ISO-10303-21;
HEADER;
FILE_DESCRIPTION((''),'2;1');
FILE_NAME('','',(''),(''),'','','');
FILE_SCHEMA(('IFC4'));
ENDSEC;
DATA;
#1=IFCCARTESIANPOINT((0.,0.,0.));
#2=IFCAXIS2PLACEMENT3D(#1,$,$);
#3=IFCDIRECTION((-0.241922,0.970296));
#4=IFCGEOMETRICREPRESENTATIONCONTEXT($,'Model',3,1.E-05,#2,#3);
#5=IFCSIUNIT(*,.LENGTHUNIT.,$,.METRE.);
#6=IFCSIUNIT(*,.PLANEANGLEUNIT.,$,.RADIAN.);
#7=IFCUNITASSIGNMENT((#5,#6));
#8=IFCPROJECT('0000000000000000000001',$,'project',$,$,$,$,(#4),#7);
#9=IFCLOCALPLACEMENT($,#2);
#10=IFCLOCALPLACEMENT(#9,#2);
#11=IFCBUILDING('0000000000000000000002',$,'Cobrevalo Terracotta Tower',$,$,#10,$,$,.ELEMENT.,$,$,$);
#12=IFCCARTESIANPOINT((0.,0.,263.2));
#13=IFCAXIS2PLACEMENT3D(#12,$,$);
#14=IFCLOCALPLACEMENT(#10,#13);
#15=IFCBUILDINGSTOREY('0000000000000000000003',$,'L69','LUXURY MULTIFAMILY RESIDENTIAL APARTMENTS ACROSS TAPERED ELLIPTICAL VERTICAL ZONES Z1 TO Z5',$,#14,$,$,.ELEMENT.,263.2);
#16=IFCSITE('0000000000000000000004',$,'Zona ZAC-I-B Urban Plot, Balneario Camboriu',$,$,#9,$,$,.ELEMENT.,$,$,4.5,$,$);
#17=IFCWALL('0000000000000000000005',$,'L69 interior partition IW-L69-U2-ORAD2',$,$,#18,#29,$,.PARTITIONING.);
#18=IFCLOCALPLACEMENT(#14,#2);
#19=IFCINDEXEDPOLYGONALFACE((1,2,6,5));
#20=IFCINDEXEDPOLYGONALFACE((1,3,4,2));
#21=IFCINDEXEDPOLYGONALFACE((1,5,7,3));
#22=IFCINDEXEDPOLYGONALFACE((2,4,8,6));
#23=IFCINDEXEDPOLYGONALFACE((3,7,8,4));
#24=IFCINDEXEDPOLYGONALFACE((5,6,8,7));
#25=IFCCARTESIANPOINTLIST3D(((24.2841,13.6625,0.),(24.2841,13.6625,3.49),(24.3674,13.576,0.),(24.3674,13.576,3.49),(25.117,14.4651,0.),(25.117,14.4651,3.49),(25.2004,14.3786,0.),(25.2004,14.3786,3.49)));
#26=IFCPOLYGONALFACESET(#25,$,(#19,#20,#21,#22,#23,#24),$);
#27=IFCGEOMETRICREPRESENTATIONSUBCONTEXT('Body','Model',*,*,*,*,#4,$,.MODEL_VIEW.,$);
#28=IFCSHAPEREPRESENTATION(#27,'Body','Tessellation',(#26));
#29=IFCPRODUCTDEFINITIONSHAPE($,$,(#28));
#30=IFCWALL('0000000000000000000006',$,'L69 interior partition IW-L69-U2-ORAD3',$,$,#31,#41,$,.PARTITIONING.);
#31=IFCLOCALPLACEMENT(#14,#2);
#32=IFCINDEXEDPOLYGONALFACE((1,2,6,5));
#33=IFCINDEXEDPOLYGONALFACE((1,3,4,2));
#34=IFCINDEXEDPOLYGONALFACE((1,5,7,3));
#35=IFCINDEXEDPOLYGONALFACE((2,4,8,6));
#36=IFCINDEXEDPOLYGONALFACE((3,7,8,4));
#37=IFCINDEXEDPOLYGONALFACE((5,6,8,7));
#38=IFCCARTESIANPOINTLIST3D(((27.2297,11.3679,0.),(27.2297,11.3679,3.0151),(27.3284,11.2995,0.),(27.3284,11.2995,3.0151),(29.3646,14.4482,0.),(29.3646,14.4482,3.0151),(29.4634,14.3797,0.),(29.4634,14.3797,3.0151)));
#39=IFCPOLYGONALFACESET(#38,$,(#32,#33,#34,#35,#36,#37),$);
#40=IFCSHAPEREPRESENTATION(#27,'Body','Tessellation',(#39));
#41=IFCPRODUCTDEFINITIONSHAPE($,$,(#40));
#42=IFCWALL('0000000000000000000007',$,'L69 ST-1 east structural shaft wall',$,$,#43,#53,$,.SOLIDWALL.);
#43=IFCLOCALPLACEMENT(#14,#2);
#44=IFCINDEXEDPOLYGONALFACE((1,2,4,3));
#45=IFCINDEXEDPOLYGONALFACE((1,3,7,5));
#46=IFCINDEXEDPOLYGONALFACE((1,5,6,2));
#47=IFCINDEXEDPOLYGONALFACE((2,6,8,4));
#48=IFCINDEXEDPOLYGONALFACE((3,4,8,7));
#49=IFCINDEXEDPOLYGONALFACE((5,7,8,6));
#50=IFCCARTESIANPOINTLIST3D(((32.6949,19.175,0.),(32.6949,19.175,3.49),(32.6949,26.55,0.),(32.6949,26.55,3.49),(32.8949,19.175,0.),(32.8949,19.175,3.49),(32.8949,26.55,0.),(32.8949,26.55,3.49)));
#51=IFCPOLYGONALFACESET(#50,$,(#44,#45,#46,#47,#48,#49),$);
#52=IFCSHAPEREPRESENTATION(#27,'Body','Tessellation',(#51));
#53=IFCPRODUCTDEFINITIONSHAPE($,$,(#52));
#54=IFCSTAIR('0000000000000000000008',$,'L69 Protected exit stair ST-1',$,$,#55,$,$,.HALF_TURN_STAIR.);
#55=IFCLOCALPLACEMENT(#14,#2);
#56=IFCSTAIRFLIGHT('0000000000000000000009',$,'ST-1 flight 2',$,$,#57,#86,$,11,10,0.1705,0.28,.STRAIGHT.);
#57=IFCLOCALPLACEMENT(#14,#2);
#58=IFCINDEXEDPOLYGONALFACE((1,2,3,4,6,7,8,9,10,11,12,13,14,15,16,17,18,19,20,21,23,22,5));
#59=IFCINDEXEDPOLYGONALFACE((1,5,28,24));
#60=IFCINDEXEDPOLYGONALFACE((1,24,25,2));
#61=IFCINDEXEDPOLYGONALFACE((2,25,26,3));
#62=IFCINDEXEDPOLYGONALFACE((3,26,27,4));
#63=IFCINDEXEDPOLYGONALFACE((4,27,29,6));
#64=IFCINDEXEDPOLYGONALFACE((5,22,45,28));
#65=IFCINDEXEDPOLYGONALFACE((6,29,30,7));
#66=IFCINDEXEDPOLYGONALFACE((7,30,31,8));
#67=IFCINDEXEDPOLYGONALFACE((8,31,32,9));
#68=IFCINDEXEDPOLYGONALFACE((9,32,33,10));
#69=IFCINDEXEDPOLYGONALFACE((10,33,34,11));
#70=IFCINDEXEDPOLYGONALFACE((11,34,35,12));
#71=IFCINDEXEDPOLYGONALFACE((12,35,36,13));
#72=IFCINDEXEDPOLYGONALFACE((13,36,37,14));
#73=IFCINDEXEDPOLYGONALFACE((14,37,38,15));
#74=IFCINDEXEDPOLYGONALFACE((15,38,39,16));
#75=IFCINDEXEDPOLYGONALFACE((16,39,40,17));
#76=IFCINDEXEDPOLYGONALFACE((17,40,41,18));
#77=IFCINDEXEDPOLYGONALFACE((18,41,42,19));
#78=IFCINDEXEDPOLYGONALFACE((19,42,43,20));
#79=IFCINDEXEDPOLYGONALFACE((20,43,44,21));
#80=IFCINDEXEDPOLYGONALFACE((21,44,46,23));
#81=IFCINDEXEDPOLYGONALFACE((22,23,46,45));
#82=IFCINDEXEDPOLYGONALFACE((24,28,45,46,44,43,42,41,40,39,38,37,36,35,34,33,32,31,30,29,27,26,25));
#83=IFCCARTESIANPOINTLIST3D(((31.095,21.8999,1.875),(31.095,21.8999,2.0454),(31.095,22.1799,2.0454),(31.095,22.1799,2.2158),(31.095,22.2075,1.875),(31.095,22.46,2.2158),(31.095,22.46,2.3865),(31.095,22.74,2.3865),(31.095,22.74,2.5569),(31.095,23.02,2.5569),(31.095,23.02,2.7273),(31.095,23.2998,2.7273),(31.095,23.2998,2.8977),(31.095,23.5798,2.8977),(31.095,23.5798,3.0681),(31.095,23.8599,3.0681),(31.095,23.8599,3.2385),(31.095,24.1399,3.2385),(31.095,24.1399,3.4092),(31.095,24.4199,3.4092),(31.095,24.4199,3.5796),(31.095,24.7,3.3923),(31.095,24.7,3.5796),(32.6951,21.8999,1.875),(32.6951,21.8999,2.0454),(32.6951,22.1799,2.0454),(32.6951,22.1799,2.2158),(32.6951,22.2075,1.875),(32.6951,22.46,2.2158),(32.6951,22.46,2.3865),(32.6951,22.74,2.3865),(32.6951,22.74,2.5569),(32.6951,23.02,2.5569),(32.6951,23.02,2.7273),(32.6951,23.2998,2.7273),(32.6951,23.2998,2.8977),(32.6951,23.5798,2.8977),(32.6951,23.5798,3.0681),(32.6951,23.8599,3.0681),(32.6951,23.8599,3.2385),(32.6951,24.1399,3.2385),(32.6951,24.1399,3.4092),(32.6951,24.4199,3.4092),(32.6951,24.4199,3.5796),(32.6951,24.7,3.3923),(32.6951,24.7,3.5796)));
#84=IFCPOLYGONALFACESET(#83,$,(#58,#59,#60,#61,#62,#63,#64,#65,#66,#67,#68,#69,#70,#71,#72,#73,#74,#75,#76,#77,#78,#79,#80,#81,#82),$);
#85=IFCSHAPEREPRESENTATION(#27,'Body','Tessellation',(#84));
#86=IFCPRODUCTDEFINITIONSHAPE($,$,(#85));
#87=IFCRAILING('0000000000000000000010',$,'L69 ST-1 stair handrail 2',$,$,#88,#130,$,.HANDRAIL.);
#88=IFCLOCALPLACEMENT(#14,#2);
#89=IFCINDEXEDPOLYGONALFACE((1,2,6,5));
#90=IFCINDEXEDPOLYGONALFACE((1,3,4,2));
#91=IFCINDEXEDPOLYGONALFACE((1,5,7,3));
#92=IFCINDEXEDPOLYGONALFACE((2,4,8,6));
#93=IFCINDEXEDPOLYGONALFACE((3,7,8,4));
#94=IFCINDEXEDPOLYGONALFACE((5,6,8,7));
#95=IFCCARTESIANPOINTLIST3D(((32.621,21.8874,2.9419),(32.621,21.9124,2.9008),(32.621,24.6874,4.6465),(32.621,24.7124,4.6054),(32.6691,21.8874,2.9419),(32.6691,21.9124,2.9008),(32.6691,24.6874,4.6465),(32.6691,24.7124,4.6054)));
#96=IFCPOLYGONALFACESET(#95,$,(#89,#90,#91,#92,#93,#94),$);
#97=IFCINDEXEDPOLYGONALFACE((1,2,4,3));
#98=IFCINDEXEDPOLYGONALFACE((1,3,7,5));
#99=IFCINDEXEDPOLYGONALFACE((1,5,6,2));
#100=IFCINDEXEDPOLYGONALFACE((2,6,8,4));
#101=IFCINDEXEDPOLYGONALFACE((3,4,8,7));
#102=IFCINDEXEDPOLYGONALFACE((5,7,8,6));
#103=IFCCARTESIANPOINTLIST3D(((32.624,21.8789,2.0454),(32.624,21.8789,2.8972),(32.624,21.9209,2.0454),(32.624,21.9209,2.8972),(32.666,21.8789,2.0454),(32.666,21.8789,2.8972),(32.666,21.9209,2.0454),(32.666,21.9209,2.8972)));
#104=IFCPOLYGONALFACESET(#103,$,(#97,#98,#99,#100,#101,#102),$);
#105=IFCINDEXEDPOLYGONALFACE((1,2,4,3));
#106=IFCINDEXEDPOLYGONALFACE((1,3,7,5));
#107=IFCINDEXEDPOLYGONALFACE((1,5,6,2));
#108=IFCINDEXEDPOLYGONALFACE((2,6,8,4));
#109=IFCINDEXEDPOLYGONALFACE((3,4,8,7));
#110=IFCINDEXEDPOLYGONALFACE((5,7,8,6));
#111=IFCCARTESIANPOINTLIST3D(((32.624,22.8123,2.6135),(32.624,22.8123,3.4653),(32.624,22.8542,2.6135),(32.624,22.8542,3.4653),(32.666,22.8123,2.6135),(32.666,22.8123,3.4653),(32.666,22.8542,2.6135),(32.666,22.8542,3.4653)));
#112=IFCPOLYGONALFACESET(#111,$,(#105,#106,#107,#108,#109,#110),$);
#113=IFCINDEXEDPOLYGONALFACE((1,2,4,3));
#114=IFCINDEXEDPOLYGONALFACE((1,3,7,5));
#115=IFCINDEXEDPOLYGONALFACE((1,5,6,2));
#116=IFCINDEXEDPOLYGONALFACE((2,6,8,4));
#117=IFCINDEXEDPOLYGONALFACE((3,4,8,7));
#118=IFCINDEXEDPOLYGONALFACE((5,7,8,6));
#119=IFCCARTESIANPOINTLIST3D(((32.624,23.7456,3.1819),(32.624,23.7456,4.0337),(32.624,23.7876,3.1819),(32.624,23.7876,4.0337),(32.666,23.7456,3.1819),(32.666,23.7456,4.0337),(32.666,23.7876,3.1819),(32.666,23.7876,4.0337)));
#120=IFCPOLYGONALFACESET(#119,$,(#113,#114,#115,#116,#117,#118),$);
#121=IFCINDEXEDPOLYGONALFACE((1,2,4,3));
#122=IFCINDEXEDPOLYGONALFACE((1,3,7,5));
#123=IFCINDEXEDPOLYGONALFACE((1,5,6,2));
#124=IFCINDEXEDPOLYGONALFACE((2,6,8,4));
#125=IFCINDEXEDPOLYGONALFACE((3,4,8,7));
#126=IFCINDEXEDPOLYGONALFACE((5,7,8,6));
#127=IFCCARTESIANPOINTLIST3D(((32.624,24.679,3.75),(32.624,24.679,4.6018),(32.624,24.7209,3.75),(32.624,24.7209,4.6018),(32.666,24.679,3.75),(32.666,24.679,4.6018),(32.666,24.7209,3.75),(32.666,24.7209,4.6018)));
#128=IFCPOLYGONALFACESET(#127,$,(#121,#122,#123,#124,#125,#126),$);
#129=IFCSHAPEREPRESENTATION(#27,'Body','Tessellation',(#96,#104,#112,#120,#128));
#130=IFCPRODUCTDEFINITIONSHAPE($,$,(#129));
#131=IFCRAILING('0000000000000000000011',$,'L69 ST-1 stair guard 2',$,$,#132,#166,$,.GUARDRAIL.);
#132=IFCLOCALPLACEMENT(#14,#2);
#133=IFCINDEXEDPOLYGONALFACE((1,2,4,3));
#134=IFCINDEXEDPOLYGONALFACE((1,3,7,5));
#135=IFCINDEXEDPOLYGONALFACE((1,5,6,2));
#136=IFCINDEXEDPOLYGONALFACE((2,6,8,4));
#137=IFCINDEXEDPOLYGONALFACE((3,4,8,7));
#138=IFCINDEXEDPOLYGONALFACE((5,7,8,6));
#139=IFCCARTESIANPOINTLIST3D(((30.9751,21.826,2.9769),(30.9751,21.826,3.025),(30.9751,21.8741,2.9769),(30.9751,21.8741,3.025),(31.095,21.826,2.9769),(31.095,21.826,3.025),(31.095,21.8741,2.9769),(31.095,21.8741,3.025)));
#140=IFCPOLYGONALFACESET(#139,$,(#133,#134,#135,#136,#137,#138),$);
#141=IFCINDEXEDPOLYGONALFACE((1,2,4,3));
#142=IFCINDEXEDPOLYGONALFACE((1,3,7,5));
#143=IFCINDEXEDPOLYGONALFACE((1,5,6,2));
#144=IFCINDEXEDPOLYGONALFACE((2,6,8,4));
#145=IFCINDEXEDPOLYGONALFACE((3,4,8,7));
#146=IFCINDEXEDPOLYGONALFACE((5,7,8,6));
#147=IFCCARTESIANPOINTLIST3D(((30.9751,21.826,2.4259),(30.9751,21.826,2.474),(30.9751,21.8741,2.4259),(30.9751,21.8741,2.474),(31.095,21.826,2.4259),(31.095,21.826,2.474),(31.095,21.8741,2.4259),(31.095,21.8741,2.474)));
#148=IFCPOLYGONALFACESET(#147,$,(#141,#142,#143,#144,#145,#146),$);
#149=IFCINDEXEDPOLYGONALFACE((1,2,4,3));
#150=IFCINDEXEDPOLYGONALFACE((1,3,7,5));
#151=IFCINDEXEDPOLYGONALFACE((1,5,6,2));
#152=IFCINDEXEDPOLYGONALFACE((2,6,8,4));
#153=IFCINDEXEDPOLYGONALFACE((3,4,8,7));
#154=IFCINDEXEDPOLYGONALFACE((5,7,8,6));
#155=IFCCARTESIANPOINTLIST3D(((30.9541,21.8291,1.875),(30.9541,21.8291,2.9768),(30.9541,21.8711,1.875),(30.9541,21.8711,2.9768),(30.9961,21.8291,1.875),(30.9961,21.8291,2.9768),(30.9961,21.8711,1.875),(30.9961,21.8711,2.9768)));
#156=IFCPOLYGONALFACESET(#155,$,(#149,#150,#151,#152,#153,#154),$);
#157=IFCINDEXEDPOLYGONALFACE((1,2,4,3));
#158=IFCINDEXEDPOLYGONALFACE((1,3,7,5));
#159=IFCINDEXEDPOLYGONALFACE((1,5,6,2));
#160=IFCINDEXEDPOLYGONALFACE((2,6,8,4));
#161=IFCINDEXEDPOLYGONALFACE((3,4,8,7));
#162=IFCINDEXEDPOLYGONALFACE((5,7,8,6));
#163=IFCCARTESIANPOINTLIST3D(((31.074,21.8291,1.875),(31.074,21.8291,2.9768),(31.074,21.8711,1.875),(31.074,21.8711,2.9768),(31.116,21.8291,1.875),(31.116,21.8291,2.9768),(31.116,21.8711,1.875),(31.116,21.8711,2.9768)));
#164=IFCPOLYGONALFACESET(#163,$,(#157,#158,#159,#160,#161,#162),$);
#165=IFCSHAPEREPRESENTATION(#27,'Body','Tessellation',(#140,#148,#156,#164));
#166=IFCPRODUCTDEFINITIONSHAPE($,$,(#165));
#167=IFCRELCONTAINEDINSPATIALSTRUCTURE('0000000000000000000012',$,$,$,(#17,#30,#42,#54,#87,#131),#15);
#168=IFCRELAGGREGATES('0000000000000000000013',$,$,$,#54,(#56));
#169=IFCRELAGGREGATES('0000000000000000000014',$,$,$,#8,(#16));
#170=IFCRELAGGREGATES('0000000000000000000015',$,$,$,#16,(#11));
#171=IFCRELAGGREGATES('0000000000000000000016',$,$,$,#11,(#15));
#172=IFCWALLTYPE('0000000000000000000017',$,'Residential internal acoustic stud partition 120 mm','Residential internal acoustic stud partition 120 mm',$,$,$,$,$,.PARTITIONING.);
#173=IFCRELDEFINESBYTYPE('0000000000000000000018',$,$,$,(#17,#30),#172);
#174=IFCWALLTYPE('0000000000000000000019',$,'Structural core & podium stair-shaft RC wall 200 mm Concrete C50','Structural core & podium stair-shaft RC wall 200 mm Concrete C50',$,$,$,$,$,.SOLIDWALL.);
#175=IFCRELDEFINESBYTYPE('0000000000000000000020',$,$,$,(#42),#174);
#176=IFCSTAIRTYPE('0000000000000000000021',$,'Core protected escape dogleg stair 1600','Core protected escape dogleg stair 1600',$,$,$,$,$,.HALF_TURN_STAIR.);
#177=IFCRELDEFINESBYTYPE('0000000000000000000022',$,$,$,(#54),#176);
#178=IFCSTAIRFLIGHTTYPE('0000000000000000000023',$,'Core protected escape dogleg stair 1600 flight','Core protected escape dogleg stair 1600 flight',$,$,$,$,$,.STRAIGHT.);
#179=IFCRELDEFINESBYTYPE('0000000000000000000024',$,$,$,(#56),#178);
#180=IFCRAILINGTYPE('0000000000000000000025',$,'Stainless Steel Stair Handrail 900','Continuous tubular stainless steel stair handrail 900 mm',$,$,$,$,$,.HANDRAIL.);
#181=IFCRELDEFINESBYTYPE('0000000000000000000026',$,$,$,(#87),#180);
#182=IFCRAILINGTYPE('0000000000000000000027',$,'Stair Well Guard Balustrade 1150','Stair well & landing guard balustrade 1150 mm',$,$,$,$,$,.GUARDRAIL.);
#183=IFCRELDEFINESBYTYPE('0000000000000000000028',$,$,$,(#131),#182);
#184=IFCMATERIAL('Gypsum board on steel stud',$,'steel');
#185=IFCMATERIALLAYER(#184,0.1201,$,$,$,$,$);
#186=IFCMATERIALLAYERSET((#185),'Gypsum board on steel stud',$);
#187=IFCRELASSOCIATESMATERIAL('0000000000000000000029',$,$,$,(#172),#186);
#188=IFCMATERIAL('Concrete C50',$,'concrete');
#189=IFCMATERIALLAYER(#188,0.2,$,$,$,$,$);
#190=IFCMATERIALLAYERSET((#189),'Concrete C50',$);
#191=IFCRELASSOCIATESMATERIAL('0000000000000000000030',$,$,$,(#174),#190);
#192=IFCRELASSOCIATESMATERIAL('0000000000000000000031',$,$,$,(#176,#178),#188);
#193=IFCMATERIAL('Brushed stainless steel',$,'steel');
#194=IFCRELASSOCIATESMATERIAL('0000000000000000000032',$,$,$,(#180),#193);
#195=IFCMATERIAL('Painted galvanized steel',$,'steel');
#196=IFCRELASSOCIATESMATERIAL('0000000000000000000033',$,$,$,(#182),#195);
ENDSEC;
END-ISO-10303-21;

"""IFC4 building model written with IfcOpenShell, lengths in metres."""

from ifc_helpers import new_model, si_unit, direction, frame, frame_2d, origin, origin_2d, place, context, subcontext, project, spatial, polyline, rectangle, outline, extrude, material, layer, layer_set, type_object, element, aggregate, save


model = new_model("IFC4")

# Units and contexts
model_context = context("Model", 3, precision=1e-05, world=origin(), true_north=direction((-0.241922, 0.970296)))
body_context = subcontext(model_context, "Body", "Model", "MODEL_VIEW")
ifc_project = project(units=[si_unit("LENGTHUNIT", "METRE"), si_unit("PLANEANGLEUNIT", "RADIAN")], contexts=[model_context])

# Site, building, storey
site_placement = place(None, origin())
site = spatial("IfcSite", under=ifc_project, at=site_placement, Name="Zona ZAC-I-B Urban Plot, Balneario Camboriu", CompositionType="ELEMENT", RefElevation=4.5)
building_placement = place(site_placement, origin())
building = spatial("IfcBuilding", under=site, at=building_placement, Name="Cobrevalo Terracotta Tower", CompositionType="ELEMENT")
storey_placement = place(building_placement, frame((0.0, 0.0, 263.2)))
storey = spatial("IfcBuildingStorey", under=building, at=storey_placement, Name="L69", Description="LUXURY MULTIFAMILY RESIDENTIAL APARTMENTS ACROSS TAPERED ELLIPTICAL VERTICAL ZONES Z1 TO Z5", CompositionType="ELEMENT", Elevation=263.2)

# Shared definitions
ifc_material_1 = material(Name="Concrete C50", Category="concrete")

# Shared definitions
ifc_material_2 = material(Name="Gypsum board on steel stud", Category="steel")

# Walls
ifc_layer_1 = layer(ifc_material_2, 0.1201)
ifc_layer_set_1 = layer_set([ifc_layer_1], Name="Gypsum board on steel stud")
wall_type_1 = type_object("IfcWallType", Name="Residential internal acoustic stud partition 120 mm", Description="Residential internal acoustic stud partition 120 mm", PredefinedType="PARTITIONING", material=ifc_layer_set_1)
wall_1_placement = place(storey_placement, frame((25.1587, 14.4219, 0.0), z_axis=(0.0, 0.0, 1.0), x_axis=(-0.72007, -0.693901, 0.0)))
element("IfcWall", 1, at=wall_1_placement, inside=storey, type_object=wall_type_1, Name="L69 interior partition IW-L69-U2-ORAD2", PredefinedType="PARTITIONING", context=body_context, shape_type="SweptSolid", body=[
    extrude(rectangle(XDim=1.1567, YDim=0.1201, at=frame_2d((0.5784, 0.0))), origin(), (0.0, 0.0, 1.0), 3.49),
])
wall_2_placement = place(storey_placement, frame((29.4141, 14.4141, 0.0), z_axis=(0.0, 0.0, 1.0), x_axis=(-0.569657, -0.821883, 0.0)))
element("IfcWall", 2, at=wall_2_placement, inside=storey, type_object=wall_type_1, Name="L69 interior partition IW-L69-U2-ORAD3", PredefinedType="PARTITIONING", context=body_context, shape_type="SweptSolid", body=[
    extrude(rectangle(XDim=3.7478, YDim=0.1201, at=frame_2d((1.874, 0.0))), origin(), (0.0, 0.0, 1.0), 3.0151),
])

# Wall
ifc_layer_2 = layer(ifc_material_1, 0.2)
ifc_layer_set_2 = layer_set([ifc_layer_2], Name="Concrete C50")
wall_type_2 = type_object("IfcWallType", Name="Structural core & podium stair-shaft RC wall 200 mm Concrete C50", Description="Structural core & podium stair-shaft RC wall 200 mm Concrete C50", PredefinedType="SOLIDWALL", material=ifc_layer_set_2)
wall_3_placement = place(storey_placement, frame((32.7949, 19.175, 0.0), z_axis=(0.0, 0.0, 1.0), x_axis=(0.0, 1.0, 0.0)))
element("IfcWall", 3, at=wall_3_placement, inside=storey, type_object=wall_type_2, Name="L69 ST-1 east structural shaft wall", PredefinedType="SOLIDWALL", context=body_context, shape_type="SweptSolid", body=[
    extrude(rectangle(XDim=7.375, YDim=0.2, at=frame_2d((3.6875, 0.0))), origin(), (0.0, 0.0, 1.0), 3.49),
])

# Stair, stair flight
stair_type = type_object("IfcStairType", Name="Core protected escape dogleg stair 1600", Description="Core protected escape dogleg stair 1600", PredefinedType="HALF_TURN_STAIR", material=ifc_material_1)
stair_placement = place(storey_placement, origin())
stair = element("IfcStair", 4, at=stair_placement, inside=storey, type_object=stair_type, Name="L69 Protected exit stair ST-1", PredefinedType="HALF_TURN_STAIR")
stair_flight_type = type_object("IfcStairFlightType", Name="Core protected escape dogleg stair 1600 flight", Description="Core protected escape dogleg stair 1600 flight", PredefinedType="STRAIGHT", material=ifc_material_1)
stair_flight_placement = place(storey_placement, frame((31.895, 21.8999, 1.875), z_axis=(0.0, 0.0, 1.0), x_axis=(0.0, 1.0, 0.0)))
stair_flight = element("IfcStairFlight", 5, at=stair_flight_placement, type_object=stair_flight_type, Name="ST-1 flight 2", NumberOfRisers=11, NumberOfTreads=10, PredefinedType="STRAIGHT", RiserHeight=0.1705, TreadLength=0.28, context=body_context, shape_type="SweptSolid", body=[
    extrude(outline(polyline([(0.0, 0.0), (0.0, 0.1704), (0.28, 0.1704), (0.28, 0.3408), (0.5601, 0.3408), (0.5601, 0.5115), (0.8401, 0.5115), (0.8401, 0.6819), (1.1201, 0.6819), (1.1201, 0.8523), (1.3999, 0.8523), (1.3999, 1.0227), (1.6799, 1.0227), (1.6799, 1.1931), (1.96, 1.1931), (1.96, 1.3635), (2.24, 1.3635), (2.24, 1.5342), (2.52, 1.5342), (2.52, 1.7046), (2.8, 1.7046), (2.8, 1.875), (2.8, 1.5173), (0.3076, 0.0), (0.0, 0.0)])), frame((0.0, 0.8, 0.0), z_axis=(0.0, -1.0, 0.0), x_axis=(1.0, 0.0, 0.0)), (0.0, 0.0, 1.0), 1.6001),
])
aggregate(stair, [stair_flight])

# Railings
ifc_material_3 = material(Name="Brushed stainless steel", Category="steel")
railing_type_1 = type_object("IfcRailingType", Name="Stainless Steel Stair Handrail 900", Description="Continuous tubular stainless steel stair handrail 900 mm", PredefinedType="HANDRAIL", material=ifc_material_3)
railing_1_placement = place(storey_placement, frame((32.645, 21.8999, 2.0454)))
element("IfcRailing", 6, at=railing_1_placement, inside=storey, type_object=railing_type_1, Name="L69 ST-1 stair handrail 2", PredefinedType="HANDRAIL", context=body_context, shape_type="SweptSolid", body=[
    extrude(rectangle(XDim=0.0481, YDim=0.0481, at=origin_2d()), frame((0.0, 0.0, 0.876), z_axis=(0.0, 0.85417, 0.519994), x_axis=(-1.0, 0.0, 0.0)), (0.0, 0.0, 1.0), 3.2781),
    extrude(rectangle(XDim=0.042, YDim=0.042, at=origin_2d()), origin(), (0.0, 0.0, 1.0), 0.8518),
    extrude(rectangle(XDim=0.042, YDim=0.042, at=origin_2d()), frame((0.0, 0.9333, 0.5681)), (0.0, 0.0, 1.0), 0.8518),
    extrude(rectangle(XDim=0.042, YDim=0.042, at=origin_2d()), frame((0.0, 1.8667, 1.1365)), (0.0, 0.0, 1.0), 0.8518),
    extrude(rectangle(XDim=0.042, YDim=0.042, at=origin_2d()), frame((0.0, 2.8, 1.7046)), (0.0, 0.0, 1.0), 0.8518),
])
ifc_material_4 = material(Name="Painted galvanized steel", Category="steel")
railing_type_2 = type_object("IfcRailingType", Name="Stair Well Guard Balustrade 1150", Description="Stair well & landing guard balustrade 1150 mm", PredefinedType="GUARDRAIL", material=ifc_material_4)
railing_2_placement = place(storey_placement, frame((30.9751, 21.8501, 1.875)))
element("IfcRailing", 7, at=railing_2_placement, inside=storey, type_object=railing_type_2, Name="L69 ST-1 stair guard 2", PredefinedType="GUARDRAIL", context=body_context, shape_type="SweptSolid", body=[
    extrude(rectangle(XDim=0.0481, YDim=0.0481, at=origin_2d()), frame((0.0, 0.0, 1.126), z_axis=(1.0, 0.0, 0.0), x_axis=(0.0, 1.0, 0.0)), (0.0, 0.0, 1.0), 0.1199),
    extrude(rectangle(XDim=0.0481, YDim=0.0481, at=origin_2d()), frame((0.0, 0.0, 0.575), z_axis=(1.0, 0.0, 0.0), x_axis=(0.0, 1.0, 0.0)), (0.0, 0.0, 1.0), 0.1199),
    extrude(rectangle(XDim=0.042, YDim=0.042, at=origin_2d()), origin(), (0.0, 0.0, 1.0), 1.1018),
    extrude(rectangle(XDim=0.042, YDim=0.042, at=origin_2d()), frame((0.1199, 0.0, 0.0)), (0.0, 0.0, 1.0), 1.1018),
])

save(model, "model.ifc")
